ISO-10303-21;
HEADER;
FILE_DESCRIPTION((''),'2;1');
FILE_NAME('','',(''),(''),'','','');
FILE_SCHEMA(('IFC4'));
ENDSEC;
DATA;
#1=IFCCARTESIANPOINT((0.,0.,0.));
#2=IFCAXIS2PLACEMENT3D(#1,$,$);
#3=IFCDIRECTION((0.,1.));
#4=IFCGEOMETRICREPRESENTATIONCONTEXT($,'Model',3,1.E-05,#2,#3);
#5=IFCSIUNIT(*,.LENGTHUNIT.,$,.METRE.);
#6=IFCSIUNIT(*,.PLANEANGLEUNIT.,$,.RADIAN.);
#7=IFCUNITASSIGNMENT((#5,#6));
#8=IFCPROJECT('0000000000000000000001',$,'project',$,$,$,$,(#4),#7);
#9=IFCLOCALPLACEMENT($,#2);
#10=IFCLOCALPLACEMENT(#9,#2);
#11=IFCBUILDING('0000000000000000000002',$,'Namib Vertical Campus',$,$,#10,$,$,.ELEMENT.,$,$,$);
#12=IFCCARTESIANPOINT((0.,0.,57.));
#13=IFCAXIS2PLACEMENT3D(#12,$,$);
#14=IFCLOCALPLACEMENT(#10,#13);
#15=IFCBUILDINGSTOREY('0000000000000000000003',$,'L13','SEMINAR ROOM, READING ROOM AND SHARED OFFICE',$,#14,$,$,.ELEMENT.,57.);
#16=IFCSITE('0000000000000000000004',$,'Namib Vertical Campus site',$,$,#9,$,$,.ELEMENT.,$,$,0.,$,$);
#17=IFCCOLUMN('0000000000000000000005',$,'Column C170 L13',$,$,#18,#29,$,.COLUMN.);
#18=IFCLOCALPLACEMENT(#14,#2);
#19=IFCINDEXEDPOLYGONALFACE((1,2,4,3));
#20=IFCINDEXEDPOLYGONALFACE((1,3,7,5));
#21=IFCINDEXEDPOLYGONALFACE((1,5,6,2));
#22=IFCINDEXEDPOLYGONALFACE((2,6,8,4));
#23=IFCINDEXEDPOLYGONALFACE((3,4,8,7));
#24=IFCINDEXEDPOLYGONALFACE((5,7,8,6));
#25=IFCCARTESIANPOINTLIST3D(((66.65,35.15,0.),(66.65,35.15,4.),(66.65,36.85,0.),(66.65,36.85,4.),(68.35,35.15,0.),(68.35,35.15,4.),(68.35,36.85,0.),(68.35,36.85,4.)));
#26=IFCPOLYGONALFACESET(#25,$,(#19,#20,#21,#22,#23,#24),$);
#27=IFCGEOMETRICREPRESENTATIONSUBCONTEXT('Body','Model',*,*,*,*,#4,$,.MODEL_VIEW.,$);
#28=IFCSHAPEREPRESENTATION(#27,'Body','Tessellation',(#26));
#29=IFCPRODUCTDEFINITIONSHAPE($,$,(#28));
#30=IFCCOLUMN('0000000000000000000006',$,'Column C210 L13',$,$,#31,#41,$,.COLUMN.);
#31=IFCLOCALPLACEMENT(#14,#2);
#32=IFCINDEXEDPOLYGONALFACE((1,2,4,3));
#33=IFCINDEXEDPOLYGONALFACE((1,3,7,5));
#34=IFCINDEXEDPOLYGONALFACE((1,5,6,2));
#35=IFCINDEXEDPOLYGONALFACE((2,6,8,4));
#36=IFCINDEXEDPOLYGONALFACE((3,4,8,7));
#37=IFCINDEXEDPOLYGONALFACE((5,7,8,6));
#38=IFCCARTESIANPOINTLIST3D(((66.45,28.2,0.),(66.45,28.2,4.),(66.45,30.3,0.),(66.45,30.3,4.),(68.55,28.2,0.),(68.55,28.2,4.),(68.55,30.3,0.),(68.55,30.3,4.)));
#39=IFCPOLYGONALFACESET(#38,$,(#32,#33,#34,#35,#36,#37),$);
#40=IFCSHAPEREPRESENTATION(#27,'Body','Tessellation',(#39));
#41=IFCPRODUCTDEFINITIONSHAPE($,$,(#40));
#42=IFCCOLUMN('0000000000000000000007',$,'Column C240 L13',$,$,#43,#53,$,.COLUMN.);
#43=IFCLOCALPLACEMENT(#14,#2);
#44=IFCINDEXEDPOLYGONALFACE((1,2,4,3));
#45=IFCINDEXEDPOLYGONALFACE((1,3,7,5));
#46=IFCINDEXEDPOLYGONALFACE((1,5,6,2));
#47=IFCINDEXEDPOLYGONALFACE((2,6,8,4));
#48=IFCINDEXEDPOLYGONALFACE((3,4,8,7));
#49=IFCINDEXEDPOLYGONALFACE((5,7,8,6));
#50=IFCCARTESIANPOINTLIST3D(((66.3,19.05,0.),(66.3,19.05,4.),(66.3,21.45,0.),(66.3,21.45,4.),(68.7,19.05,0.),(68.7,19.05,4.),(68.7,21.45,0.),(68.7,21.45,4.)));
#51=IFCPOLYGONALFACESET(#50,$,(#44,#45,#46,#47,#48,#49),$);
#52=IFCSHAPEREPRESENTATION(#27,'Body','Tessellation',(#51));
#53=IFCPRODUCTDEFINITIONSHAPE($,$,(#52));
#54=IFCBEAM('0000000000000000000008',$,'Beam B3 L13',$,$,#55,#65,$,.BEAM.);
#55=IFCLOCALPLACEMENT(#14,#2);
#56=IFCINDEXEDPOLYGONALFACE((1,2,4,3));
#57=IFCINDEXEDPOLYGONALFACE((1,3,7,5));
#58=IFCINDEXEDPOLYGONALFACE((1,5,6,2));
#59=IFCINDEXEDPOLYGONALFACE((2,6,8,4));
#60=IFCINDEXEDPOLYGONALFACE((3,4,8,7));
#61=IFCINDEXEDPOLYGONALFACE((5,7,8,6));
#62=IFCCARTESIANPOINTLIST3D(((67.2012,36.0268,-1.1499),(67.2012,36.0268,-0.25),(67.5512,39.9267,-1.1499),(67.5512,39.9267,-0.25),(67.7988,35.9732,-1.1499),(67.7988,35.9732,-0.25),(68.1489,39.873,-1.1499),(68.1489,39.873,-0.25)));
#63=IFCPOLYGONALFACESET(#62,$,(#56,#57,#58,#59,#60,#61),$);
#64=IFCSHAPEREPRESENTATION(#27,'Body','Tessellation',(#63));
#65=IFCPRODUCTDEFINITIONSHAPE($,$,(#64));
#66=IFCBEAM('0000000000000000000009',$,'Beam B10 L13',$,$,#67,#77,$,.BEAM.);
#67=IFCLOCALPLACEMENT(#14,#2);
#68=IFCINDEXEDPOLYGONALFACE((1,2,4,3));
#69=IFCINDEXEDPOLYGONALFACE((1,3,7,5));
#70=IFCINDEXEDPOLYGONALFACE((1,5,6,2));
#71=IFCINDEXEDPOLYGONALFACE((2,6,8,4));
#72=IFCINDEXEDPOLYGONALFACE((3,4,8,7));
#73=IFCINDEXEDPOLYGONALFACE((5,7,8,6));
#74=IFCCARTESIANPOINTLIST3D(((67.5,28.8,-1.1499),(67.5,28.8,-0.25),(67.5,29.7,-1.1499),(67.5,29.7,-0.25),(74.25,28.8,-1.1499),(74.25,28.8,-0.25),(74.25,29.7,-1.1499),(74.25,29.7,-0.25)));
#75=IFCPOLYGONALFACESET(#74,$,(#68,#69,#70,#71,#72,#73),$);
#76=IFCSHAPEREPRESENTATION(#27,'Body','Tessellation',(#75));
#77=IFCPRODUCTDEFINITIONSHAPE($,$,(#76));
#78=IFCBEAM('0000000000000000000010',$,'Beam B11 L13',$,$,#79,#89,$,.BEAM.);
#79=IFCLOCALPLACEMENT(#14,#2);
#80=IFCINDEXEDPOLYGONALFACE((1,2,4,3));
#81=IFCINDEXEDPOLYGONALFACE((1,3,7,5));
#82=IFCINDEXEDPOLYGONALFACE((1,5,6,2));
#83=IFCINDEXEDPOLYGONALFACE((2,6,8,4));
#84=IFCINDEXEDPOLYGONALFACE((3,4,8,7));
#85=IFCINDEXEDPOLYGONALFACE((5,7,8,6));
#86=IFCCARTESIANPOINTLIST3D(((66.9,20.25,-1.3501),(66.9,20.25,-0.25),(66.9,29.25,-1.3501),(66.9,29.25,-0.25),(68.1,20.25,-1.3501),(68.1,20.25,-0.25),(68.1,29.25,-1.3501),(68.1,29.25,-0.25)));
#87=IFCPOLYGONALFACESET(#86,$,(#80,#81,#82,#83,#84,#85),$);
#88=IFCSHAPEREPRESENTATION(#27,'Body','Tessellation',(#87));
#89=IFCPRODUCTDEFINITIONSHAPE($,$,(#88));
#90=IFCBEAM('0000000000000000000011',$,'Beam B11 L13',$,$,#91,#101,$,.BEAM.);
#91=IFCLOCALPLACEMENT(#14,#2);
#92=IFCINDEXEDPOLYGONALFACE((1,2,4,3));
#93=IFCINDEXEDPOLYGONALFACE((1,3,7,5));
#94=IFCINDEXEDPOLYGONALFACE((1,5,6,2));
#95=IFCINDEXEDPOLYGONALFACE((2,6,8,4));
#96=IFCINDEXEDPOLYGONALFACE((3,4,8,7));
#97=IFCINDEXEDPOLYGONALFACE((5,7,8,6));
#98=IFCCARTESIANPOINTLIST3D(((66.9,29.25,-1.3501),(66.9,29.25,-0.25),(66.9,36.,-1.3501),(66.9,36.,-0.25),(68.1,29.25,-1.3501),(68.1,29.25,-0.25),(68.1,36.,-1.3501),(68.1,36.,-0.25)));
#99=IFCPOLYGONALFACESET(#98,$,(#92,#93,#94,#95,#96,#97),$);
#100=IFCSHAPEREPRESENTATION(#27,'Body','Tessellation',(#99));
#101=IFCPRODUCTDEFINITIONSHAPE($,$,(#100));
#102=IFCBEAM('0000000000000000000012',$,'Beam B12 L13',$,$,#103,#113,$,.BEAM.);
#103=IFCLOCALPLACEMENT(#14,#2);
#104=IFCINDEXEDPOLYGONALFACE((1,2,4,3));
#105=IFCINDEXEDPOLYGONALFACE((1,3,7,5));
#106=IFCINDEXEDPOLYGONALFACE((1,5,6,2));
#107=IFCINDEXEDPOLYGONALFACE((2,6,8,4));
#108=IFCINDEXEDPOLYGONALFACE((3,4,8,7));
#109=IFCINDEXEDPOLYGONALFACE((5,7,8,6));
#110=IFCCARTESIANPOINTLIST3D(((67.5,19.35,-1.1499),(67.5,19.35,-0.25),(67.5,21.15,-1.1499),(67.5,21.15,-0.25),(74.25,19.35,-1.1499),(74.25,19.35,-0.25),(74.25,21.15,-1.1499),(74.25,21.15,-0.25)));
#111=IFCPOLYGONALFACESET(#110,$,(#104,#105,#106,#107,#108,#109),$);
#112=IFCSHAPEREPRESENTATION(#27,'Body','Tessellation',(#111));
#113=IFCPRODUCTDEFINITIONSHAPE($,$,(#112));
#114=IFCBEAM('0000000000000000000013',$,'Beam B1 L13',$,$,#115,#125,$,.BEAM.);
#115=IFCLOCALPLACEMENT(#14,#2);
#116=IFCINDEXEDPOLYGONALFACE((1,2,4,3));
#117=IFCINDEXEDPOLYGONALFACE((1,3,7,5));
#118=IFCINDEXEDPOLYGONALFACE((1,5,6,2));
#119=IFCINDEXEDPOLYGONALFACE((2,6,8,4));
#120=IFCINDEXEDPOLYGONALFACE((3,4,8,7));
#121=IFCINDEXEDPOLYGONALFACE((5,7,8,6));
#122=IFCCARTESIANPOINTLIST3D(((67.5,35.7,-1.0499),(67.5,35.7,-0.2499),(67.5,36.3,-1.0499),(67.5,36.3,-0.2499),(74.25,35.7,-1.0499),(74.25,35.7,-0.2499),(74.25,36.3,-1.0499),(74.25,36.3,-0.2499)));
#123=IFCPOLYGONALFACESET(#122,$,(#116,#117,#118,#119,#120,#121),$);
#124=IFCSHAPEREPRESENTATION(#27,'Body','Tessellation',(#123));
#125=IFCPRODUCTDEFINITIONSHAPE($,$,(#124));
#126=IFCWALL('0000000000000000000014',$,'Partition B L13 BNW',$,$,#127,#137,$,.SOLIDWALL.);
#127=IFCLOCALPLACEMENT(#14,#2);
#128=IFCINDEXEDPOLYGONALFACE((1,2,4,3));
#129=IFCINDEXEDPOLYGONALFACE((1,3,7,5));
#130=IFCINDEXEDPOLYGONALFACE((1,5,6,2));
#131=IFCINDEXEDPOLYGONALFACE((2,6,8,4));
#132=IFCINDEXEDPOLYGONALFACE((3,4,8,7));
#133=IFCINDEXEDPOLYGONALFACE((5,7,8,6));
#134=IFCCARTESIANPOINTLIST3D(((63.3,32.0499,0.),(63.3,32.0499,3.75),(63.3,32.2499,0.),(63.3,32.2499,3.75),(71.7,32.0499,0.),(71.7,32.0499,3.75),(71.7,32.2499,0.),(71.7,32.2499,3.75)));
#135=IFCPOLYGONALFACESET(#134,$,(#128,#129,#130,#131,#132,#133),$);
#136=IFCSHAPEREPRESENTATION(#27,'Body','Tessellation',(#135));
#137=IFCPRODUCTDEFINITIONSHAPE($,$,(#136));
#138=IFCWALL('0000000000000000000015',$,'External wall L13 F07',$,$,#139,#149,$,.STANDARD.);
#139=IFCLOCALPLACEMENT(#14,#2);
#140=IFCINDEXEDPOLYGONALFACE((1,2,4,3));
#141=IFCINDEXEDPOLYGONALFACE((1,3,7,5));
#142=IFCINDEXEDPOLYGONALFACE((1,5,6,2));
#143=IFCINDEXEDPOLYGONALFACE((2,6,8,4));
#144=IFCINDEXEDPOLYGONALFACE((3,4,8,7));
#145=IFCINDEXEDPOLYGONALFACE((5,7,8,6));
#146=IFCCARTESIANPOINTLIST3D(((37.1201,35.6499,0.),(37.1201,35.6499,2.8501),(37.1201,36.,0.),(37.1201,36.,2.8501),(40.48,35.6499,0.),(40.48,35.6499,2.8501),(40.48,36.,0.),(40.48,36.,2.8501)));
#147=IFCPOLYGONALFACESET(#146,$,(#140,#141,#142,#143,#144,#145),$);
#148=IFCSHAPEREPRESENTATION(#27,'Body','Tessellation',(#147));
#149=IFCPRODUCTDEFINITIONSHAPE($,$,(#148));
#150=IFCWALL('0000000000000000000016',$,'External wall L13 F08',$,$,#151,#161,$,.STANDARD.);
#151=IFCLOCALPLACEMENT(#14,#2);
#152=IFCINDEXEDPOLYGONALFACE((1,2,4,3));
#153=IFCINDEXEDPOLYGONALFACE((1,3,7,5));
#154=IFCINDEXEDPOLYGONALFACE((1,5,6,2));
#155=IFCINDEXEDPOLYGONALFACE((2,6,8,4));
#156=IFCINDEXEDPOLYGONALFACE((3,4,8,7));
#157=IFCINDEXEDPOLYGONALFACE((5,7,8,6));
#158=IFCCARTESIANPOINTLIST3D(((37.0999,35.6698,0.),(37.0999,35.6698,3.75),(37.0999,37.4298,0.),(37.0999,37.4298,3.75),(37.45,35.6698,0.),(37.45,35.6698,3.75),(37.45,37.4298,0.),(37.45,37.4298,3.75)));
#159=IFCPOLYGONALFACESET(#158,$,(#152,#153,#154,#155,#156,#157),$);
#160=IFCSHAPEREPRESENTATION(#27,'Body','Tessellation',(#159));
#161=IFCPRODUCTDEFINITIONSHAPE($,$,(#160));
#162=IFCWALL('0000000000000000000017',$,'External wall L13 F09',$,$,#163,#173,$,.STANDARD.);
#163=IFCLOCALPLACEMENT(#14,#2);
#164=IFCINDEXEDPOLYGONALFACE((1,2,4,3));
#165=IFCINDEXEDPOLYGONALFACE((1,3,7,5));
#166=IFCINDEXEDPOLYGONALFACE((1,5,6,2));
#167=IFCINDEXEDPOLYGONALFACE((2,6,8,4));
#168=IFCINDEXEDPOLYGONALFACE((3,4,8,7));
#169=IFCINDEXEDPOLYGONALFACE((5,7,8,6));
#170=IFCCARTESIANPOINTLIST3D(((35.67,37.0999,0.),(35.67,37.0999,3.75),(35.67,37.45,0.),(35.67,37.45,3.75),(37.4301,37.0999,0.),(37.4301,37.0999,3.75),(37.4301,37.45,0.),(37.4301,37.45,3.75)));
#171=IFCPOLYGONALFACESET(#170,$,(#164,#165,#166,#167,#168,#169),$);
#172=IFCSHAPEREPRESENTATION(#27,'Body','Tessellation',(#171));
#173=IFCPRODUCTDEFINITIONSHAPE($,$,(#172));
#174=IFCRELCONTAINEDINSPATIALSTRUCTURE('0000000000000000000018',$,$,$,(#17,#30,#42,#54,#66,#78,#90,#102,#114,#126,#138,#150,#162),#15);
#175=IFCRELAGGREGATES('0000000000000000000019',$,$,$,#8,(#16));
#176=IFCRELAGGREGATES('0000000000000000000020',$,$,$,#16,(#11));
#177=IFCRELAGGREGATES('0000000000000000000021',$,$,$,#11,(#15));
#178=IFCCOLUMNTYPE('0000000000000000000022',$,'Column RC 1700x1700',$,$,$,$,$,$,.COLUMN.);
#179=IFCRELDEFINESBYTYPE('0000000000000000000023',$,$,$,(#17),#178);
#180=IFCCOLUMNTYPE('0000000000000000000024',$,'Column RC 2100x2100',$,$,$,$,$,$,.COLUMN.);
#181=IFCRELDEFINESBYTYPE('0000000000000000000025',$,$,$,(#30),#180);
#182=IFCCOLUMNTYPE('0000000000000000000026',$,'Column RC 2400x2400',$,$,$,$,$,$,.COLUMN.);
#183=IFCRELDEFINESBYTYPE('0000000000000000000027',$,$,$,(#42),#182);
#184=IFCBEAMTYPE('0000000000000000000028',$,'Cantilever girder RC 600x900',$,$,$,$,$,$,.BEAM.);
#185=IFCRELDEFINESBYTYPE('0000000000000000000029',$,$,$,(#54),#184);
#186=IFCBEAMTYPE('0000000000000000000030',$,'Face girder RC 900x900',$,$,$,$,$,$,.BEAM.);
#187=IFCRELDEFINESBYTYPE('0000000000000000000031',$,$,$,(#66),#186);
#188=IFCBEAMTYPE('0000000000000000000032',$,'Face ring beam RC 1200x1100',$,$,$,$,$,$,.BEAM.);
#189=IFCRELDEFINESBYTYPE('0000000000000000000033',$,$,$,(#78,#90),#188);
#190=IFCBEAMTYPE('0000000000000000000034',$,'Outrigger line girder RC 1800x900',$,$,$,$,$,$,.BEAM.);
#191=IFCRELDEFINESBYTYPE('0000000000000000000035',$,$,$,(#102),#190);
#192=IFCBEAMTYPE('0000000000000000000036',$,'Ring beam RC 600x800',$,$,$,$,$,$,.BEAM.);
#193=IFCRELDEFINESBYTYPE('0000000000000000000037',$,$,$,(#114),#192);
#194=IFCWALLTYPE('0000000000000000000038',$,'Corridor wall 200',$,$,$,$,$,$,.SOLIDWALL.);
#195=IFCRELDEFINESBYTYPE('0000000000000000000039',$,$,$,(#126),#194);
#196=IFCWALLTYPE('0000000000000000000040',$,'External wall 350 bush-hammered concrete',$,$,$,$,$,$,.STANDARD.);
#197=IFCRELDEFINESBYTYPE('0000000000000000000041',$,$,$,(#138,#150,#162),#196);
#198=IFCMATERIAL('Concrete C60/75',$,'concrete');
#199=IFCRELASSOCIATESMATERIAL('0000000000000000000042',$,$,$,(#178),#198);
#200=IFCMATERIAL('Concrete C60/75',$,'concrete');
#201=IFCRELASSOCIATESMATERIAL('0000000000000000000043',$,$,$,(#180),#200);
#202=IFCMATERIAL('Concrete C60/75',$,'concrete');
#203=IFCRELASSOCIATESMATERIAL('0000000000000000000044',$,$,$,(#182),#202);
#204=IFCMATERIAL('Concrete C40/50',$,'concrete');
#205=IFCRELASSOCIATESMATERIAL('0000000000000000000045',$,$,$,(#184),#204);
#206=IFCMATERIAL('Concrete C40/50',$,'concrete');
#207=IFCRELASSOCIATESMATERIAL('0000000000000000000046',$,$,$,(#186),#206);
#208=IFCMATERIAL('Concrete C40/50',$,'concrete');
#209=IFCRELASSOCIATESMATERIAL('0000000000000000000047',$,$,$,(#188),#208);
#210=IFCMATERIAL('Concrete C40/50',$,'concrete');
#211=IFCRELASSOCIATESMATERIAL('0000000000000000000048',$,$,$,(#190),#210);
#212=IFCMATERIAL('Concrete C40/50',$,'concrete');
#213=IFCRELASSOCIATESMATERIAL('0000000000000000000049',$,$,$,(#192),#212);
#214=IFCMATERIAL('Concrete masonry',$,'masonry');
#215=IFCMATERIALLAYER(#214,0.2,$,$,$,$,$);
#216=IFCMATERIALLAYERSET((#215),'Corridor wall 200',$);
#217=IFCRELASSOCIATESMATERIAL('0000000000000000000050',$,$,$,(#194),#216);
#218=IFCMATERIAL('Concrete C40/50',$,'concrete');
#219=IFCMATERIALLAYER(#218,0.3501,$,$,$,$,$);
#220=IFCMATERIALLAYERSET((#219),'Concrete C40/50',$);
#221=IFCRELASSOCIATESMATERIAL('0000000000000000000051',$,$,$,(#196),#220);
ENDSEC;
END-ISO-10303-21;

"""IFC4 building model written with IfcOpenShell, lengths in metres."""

from ifc_helpers import new_model, si_unit, direction, frame, frame_2d, origin, origin_2d, place, context, subcontext, project, spatial, rectangle, extrude, material, layer, layer_set, material_profile, profile_set, type_object, element, save


model = new_model("IFC4")

# Units and contexts
model_context = context("Model", 3, precision=1e-05, world=origin(), true_north=direction((0.0, 1.0)))
body_context = subcontext(model_context, "Body", "Model", "MODEL_VIEW")
ifc_project = project(units=[si_unit("LENGTHUNIT", "METRE"), si_unit("PLANEANGLEUNIT", "RADIAN")], contexts=[model_context])

# Site, building, storey
site_placement = place(None, origin())
site = spatial("IfcSite", under=ifc_project, at=site_placement, Name="Namib Vertical Campus site", CompositionType="ELEMENT", RefElevation=0.0)
building_placement = place(site_placement, origin())
building = spatial("IfcBuilding", under=site, at=building_placement, Name="Namib Vertical Campus", CompositionType="ELEMENT")
storey_placement = place(building_placement, frame((0.0, 0.0, 57.0)))
storey = spatial("IfcBuildingStorey", under=building, at=storey_placement, Name="L13", Description="SEMINAR ROOM, READING ROOM AND SHARED OFFICE", CompositionType="ELEMENT", Elevation=57.0)

# Columns
ifc_material_1 = material(Name="Concrete C60/75", Category="concrete")
ifc_material_profile_1 = material_profile(ifc_material_1, rectangle(XDim=1.7, YDim=1.7, at=origin_2d()))
ifc_profile_set_1 = profile_set([ifc_material_profile_1], Name="Concrete C60/75")
column_type_1 = type_object("IfcColumnType", Name="Column RC 1700x1700", PredefinedType="COLUMN", material=ifc_profile_set_1)
column_1_placement = place(storey_placement, frame((67.5, 36.0, 0.0), z_axis=(0.0, 0.0, 1.0), x_axis=(1.0, 0.0, 0.0)))
element("IfcColumn", 1, at=column_1_placement, inside=storey, type_object=column_type_1, Name="Column C170 L13", PredefinedType="COLUMN", context=body_context, shape_type="SweptSolid", body=[
    extrude(rectangle(XDim=1.7, YDim=1.7, at=origin_2d()), origin(), (0.0, 0.0, 1.0), 4.0),
])
ifc_material_2 = material(Name="Concrete C60/75", Category="concrete")
ifc_material_profile_2 = material_profile(ifc_material_2, rectangle(XDim=2.1001, YDim=2.1001, at=origin_2d()))
ifc_profile_set_2 = profile_set([ifc_material_profile_2], Name="Concrete C60/75")
column_type_2 = type_object("IfcColumnType", Name="Column RC 2100x2100", PredefinedType="COLUMN", material=ifc_profile_set_2)
column_2_placement = place(storey_placement, frame((67.5, 29.25, 0.0), z_axis=(0.0, 0.0, 1.0), x_axis=(1.0, 0.0, 0.0)))
element("IfcColumn", 2, at=column_2_placement, inside=storey, type_object=column_type_2, Name="Column C210 L13", PredefinedType="COLUMN", context=body_context, shape_type="SweptSolid", body=[
    extrude(rectangle(XDim=2.1001, YDim=2.1001, at=origin_2d()), origin(), (0.0, 0.0, 1.0), 4.0),
])
ifc_material_3 = material(Name="Concrete C60/75", Category="concrete")
ifc_material_profile_3 = material_profile(ifc_material_3, rectangle(XDim=2.3999, YDim=2.3999, at=origin_2d()))
ifc_profile_set_3 = profile_set([ifc_material_profile_3], Name="Concrete C60/75")
column_type_3 = type_object("IfcColumnType", Name="Column RC 2400x2400", PredefinedType="COLUMN", material=ifc_profile_set_3)
column_3_placement = place(storey_placement, frame((67.5, 20.25, 0.0), z_axis=(0.0, 0.0, 1.0), x_axis=(1.0, 0.0, 0.0)))
element("IfcColumn", 3, at=column_3_placement, inside=storey, type_object=column_type_3, Name="Column C240 L13", PredefinedType="COLUMN", context=body_context, shape_type="SweptSolid", body=[
    extrude(rectangle(XDim=2.3999, YDim=2.3999, at=origin_2d()), origin(), (0.0, 0.0, 1.0), 4.0),
])

# Beams
ifc_material_4 = material(Name="Concrete C40/50", Category="concrete")
ifc_material_profile_4 = material_profile(ifc_material_4, rectangle(XDim=0.6001, YDim=0.8999, at=origin_2d()))
ifc_profile_set_4 = profile_set([ifc_material_profile_4], Name="Concrete C40/50")
beam_type_1 = type_object("IfcBeamType", Name="Cantilever girder RC 600x900", PredefinedType="BEAM", material=ifc_profile_set_4)
beam_1_placement = place(storey_placement, frame((67.5, 36.0, -0.7), z_axis=(0.089411, 0.995995, 0.0), x_axis=(-0.995995, 0.089411, 0.0)))
element("IfcBeam", 4, at=beam_1_placement, inside=storey, type_object=beam_type_1, Name="Beam B3 L13", PredefinedType="BEAM", context=body_context, shape_type="SweptSolid", body=[
    extrude(rectangle(XDim=0.6001, YDim=0.8999, at=origin_2d()), origin(), (0.0, 0.0, 1.0), 3.9155),
])
ifc_material_5 = material(Name="Concrete C40/50", Category="concrete")
ifc_material_profile_5 = material_profile(ifc_material_5, rectangle(XDim=0.8999, YDim=0.8999, at=origin_2d()))
ifc_profile_set_5 = profile_set([ifc_material_profile_5], Name="Concrete C40/50")
beam_type_2 = type_object("IfcBeamType", Name="Face girder RC 900x900", PredefinedType="BEAM", material=ifc_profile_set_5)
beam_2_placement = place(storey_placement, frame((67.5, 29.25, -0.7), z_axis=(1.0, 0.0, 0.0), x_axis=(0.0, 1.0, 0.0)))
element("IfcBeam", 5, at=beam_2_placement, inside=storey, type_object=beam_type_2, Name="Beam B10 L13", PredefinedType="BEAM", context=body_context, shape_type="SweptSolid", body=[
    extrude(rectangle(XDim=0.8999, YDim=0.8999, at=origin_2d()), origin(), (0.0, 0.0, 1.0), 6.75),
])
ifc_material_6 = material(Name="Concrete C40/50", Category="concrete")
ifc_material_profile_6 = material_profile(ifc_material_6, rectangle(XDim=1.2, YDim=1.1001, at=origin_2d()))
ifc_profile_set_6 = profile_set([ifc_material_profile_6], Name="Concrete C40/50")
beam_type_3 = type_object("IfcBeamType", Name="Face ring beam RC 1200x1100", PredefinedType="BEAM", material=ifc_profile_set_6)
beam_3_placement = place(storey_placement, frame((67.5, 20.25, -0.8), z_axis=(0.0, 1.0, 0.0), x_axis=(-1.0, 0.0, 0.0)))
element("IfcBeam", 6, at=beam_3_placement, inside=storey, type_object=beam_type_3, Name="Beam B11 L13", PredefinedType="BEAM", context=body_context, shape_type="SweptSolid", body=[
    extrude(rectangle(XDim=1.2, YDim=1.1001, at=origin_2d()), origin(), (0.0, 0.0, 1.0), 9.0),
])
beam_4_placement = place(storey_placement, frame((67.5, 29.25, -0.8), z_axis=(0.0, 1.0, 0.0), x_axis=(-1.0, 0.0, 0.0)))
element("IfcBeam", 7, at=beam_4_placement, inside=storey, type_object=beam_type_3, Name="Beam B11 L13", PredefinedType="BEAM", context=body_context, shape_type="SweptSolid", body=[
    extrude(rectangle(XDim=1.2, YDim=1.1001, at=origin_2d()), origin(), (0.0, 0.0, 1.0), 6.75),
])
ifc_material_7 = material(Name="Concrete C40/50", Category="concrete")
ifc_material_profile_7 = material_profile(ifc_material_7, rectangle(XDim=1.8, YDim=0.8999, at=origin_2d()))
ifc_profile_set_7 = profile_set([ifc_material_profile_7], Name="Concrete C40/50")
beam_type_4 = type_object("IfcBeamType", Name="Outrigger line girder RC 1800x900", PredefinedType="BEAM", material=ifc_profile_set_7)
beam_5_placement = place(storey_placement, frame((67.5, 20.25, -0.7), z_axis=(1.0, 0.0, 0.0), x_axis=(0.0, 1.0, 0.0)))
element("IfcBeam", 8, at=beam_5_placement, inside=storey, type_object=beam_type_4, Name="Beam B12 L13", PredefinedType="BEAM", context=body_context, shape_type="SweptSolid", body=[
    extrude(rectangle(XDim=1.8, YDim=0.8999, at=origin_2d()), origin(), (0.0, 0.0, 1.0), 6.75),
])
ifc_material_8 = material(Name="Concrete C40/50", Category="concrete")
ifc_material_profile_8 = material_profile(ifc_material_8, rectangle(XDim=0.6001, YDim=0.8, at=origin_2d()))
ifc_profile_set_8 = profile_set([ifc_material_profile_8], Name="Concrete C40/50")
beam_type_5 = type_object("IfcBeamType", Name="Ring beam RC 600x800", PredefinedType="BEAM", material=ifc_profile_set_8)
beam_6_placement = place(storey_placement, frame((67.5, 36.0, -0.6499), z_axis=(1.0, 0.0, 0.0), x_axis=(0.0, 1.0, 0.0)))
element("IfcBeam", 9, at=beam_6_placement, inside=storey, type_object=beam_type_5, Name="Beam B1 L13", PredefinedType="BEAM", context=body_context, shape_type="SweptSolid", body=[
    extrude(rectangle(XDim=0.6001, YDim=0.8, at=origin_2d()), origin(), (0.0, 0.0, 1.0), 6.75),
])

# Walls
ifc_material_9 = material(Name="Concrete masonry", Category="masonry")
ifc_layer_1 = layer(ifc_material_9, 0.2)
ifc_layer_set_1 = layer_set([ifc_layer_1], Name="Corridor wall 200")
wall_type_1 = type_object("IfcWallType", Name="Corridor wall 200", PredefinedType="SOLIDWALL", material=ifc_layer_set_1)
wall_1_placement = place(storey_placement, frame((63.3, 32.1499, 0.0), z_axis=(0.0, 0.0, 1.0), x_axis=(1.0, 0.0, 0.0)))
element("IfcWall", 10, at=wall_1_placement, inside=storey, type_object=wall_type_1, Name="Partition B L13 BNW", PredefinedType="SOLIDWALL", context=body_context, shape_type="SweptSolid", body=[
    extrude(rectangle(XDim=8.3999, YDim=0.2, at=frame_2d((4.2, 0.0))), origin(), (0.0, 0.0, 1.0), 3.75),
])
ifc_material_10 = material(Name="Concrete C40/50", Category="concrete")
ifc_layer_2 = layer(ifc_material_10, 0.3501)
ifc_layer_set_2 = layer_set([ifc_layer_2], Name="Concrete C40/50")
wall_type_2 = type_object("IfcWallType", Name="External wall 350 bush-hammered concrete", PredefinedType="STANDARD", material=ifc_layer_set_2)
wall_2_placement = place(storey_placement, frame((40.48, 35.825, 0.0), z_axis=(0.0, 0.0, 1.0), x_axis=(-1.0, 0.0, 0.0)))
element("IfcWall", 11, at=wall_2_placement, inside=storey, type_object=wall_type_2, Name="External wall L13 F07", PredefinedType="STANDARD", context=body_context, shape_type="SweptSolid", body=[
    extrude(rectangle(XDim=3.3599, YDim=0.3501, at=frame_2d((1.6799, 0.0))), origin(), (0.0, 0.0, 1.0), 2.8501),
])
for number, where, z_axis, x_axis, name in (
    (12, (37.2749, 35.6699, 0.0), (0.0, 0.0, 1.0), (0.0, 1.0, 0.0), "External wall L13 F08"),
    (13, (37.4299, 37.2749, 0.0), (0.0, 0.0, 1.0), (-1.0, 0.0, 0.0), "External wall L13 F09"),
):
    element("IfcWall", number, at=place(storey_placement, frame(where, z_axis=z_axis, x_axis=x_axis)), inside=storey, type_object=wall_type_2, Name=name, PredefinedType="STANDARD", context=body_context, shape_type="SweptSolid", body=[
        extrude(rectangle(XDim=1.76, YDim=0.3501, at=frame_2d((0.8799, 0.0))), origin(), (0.0, 0.0, 1.0), 3.75),
    ])

save(model, "model.ifc")
